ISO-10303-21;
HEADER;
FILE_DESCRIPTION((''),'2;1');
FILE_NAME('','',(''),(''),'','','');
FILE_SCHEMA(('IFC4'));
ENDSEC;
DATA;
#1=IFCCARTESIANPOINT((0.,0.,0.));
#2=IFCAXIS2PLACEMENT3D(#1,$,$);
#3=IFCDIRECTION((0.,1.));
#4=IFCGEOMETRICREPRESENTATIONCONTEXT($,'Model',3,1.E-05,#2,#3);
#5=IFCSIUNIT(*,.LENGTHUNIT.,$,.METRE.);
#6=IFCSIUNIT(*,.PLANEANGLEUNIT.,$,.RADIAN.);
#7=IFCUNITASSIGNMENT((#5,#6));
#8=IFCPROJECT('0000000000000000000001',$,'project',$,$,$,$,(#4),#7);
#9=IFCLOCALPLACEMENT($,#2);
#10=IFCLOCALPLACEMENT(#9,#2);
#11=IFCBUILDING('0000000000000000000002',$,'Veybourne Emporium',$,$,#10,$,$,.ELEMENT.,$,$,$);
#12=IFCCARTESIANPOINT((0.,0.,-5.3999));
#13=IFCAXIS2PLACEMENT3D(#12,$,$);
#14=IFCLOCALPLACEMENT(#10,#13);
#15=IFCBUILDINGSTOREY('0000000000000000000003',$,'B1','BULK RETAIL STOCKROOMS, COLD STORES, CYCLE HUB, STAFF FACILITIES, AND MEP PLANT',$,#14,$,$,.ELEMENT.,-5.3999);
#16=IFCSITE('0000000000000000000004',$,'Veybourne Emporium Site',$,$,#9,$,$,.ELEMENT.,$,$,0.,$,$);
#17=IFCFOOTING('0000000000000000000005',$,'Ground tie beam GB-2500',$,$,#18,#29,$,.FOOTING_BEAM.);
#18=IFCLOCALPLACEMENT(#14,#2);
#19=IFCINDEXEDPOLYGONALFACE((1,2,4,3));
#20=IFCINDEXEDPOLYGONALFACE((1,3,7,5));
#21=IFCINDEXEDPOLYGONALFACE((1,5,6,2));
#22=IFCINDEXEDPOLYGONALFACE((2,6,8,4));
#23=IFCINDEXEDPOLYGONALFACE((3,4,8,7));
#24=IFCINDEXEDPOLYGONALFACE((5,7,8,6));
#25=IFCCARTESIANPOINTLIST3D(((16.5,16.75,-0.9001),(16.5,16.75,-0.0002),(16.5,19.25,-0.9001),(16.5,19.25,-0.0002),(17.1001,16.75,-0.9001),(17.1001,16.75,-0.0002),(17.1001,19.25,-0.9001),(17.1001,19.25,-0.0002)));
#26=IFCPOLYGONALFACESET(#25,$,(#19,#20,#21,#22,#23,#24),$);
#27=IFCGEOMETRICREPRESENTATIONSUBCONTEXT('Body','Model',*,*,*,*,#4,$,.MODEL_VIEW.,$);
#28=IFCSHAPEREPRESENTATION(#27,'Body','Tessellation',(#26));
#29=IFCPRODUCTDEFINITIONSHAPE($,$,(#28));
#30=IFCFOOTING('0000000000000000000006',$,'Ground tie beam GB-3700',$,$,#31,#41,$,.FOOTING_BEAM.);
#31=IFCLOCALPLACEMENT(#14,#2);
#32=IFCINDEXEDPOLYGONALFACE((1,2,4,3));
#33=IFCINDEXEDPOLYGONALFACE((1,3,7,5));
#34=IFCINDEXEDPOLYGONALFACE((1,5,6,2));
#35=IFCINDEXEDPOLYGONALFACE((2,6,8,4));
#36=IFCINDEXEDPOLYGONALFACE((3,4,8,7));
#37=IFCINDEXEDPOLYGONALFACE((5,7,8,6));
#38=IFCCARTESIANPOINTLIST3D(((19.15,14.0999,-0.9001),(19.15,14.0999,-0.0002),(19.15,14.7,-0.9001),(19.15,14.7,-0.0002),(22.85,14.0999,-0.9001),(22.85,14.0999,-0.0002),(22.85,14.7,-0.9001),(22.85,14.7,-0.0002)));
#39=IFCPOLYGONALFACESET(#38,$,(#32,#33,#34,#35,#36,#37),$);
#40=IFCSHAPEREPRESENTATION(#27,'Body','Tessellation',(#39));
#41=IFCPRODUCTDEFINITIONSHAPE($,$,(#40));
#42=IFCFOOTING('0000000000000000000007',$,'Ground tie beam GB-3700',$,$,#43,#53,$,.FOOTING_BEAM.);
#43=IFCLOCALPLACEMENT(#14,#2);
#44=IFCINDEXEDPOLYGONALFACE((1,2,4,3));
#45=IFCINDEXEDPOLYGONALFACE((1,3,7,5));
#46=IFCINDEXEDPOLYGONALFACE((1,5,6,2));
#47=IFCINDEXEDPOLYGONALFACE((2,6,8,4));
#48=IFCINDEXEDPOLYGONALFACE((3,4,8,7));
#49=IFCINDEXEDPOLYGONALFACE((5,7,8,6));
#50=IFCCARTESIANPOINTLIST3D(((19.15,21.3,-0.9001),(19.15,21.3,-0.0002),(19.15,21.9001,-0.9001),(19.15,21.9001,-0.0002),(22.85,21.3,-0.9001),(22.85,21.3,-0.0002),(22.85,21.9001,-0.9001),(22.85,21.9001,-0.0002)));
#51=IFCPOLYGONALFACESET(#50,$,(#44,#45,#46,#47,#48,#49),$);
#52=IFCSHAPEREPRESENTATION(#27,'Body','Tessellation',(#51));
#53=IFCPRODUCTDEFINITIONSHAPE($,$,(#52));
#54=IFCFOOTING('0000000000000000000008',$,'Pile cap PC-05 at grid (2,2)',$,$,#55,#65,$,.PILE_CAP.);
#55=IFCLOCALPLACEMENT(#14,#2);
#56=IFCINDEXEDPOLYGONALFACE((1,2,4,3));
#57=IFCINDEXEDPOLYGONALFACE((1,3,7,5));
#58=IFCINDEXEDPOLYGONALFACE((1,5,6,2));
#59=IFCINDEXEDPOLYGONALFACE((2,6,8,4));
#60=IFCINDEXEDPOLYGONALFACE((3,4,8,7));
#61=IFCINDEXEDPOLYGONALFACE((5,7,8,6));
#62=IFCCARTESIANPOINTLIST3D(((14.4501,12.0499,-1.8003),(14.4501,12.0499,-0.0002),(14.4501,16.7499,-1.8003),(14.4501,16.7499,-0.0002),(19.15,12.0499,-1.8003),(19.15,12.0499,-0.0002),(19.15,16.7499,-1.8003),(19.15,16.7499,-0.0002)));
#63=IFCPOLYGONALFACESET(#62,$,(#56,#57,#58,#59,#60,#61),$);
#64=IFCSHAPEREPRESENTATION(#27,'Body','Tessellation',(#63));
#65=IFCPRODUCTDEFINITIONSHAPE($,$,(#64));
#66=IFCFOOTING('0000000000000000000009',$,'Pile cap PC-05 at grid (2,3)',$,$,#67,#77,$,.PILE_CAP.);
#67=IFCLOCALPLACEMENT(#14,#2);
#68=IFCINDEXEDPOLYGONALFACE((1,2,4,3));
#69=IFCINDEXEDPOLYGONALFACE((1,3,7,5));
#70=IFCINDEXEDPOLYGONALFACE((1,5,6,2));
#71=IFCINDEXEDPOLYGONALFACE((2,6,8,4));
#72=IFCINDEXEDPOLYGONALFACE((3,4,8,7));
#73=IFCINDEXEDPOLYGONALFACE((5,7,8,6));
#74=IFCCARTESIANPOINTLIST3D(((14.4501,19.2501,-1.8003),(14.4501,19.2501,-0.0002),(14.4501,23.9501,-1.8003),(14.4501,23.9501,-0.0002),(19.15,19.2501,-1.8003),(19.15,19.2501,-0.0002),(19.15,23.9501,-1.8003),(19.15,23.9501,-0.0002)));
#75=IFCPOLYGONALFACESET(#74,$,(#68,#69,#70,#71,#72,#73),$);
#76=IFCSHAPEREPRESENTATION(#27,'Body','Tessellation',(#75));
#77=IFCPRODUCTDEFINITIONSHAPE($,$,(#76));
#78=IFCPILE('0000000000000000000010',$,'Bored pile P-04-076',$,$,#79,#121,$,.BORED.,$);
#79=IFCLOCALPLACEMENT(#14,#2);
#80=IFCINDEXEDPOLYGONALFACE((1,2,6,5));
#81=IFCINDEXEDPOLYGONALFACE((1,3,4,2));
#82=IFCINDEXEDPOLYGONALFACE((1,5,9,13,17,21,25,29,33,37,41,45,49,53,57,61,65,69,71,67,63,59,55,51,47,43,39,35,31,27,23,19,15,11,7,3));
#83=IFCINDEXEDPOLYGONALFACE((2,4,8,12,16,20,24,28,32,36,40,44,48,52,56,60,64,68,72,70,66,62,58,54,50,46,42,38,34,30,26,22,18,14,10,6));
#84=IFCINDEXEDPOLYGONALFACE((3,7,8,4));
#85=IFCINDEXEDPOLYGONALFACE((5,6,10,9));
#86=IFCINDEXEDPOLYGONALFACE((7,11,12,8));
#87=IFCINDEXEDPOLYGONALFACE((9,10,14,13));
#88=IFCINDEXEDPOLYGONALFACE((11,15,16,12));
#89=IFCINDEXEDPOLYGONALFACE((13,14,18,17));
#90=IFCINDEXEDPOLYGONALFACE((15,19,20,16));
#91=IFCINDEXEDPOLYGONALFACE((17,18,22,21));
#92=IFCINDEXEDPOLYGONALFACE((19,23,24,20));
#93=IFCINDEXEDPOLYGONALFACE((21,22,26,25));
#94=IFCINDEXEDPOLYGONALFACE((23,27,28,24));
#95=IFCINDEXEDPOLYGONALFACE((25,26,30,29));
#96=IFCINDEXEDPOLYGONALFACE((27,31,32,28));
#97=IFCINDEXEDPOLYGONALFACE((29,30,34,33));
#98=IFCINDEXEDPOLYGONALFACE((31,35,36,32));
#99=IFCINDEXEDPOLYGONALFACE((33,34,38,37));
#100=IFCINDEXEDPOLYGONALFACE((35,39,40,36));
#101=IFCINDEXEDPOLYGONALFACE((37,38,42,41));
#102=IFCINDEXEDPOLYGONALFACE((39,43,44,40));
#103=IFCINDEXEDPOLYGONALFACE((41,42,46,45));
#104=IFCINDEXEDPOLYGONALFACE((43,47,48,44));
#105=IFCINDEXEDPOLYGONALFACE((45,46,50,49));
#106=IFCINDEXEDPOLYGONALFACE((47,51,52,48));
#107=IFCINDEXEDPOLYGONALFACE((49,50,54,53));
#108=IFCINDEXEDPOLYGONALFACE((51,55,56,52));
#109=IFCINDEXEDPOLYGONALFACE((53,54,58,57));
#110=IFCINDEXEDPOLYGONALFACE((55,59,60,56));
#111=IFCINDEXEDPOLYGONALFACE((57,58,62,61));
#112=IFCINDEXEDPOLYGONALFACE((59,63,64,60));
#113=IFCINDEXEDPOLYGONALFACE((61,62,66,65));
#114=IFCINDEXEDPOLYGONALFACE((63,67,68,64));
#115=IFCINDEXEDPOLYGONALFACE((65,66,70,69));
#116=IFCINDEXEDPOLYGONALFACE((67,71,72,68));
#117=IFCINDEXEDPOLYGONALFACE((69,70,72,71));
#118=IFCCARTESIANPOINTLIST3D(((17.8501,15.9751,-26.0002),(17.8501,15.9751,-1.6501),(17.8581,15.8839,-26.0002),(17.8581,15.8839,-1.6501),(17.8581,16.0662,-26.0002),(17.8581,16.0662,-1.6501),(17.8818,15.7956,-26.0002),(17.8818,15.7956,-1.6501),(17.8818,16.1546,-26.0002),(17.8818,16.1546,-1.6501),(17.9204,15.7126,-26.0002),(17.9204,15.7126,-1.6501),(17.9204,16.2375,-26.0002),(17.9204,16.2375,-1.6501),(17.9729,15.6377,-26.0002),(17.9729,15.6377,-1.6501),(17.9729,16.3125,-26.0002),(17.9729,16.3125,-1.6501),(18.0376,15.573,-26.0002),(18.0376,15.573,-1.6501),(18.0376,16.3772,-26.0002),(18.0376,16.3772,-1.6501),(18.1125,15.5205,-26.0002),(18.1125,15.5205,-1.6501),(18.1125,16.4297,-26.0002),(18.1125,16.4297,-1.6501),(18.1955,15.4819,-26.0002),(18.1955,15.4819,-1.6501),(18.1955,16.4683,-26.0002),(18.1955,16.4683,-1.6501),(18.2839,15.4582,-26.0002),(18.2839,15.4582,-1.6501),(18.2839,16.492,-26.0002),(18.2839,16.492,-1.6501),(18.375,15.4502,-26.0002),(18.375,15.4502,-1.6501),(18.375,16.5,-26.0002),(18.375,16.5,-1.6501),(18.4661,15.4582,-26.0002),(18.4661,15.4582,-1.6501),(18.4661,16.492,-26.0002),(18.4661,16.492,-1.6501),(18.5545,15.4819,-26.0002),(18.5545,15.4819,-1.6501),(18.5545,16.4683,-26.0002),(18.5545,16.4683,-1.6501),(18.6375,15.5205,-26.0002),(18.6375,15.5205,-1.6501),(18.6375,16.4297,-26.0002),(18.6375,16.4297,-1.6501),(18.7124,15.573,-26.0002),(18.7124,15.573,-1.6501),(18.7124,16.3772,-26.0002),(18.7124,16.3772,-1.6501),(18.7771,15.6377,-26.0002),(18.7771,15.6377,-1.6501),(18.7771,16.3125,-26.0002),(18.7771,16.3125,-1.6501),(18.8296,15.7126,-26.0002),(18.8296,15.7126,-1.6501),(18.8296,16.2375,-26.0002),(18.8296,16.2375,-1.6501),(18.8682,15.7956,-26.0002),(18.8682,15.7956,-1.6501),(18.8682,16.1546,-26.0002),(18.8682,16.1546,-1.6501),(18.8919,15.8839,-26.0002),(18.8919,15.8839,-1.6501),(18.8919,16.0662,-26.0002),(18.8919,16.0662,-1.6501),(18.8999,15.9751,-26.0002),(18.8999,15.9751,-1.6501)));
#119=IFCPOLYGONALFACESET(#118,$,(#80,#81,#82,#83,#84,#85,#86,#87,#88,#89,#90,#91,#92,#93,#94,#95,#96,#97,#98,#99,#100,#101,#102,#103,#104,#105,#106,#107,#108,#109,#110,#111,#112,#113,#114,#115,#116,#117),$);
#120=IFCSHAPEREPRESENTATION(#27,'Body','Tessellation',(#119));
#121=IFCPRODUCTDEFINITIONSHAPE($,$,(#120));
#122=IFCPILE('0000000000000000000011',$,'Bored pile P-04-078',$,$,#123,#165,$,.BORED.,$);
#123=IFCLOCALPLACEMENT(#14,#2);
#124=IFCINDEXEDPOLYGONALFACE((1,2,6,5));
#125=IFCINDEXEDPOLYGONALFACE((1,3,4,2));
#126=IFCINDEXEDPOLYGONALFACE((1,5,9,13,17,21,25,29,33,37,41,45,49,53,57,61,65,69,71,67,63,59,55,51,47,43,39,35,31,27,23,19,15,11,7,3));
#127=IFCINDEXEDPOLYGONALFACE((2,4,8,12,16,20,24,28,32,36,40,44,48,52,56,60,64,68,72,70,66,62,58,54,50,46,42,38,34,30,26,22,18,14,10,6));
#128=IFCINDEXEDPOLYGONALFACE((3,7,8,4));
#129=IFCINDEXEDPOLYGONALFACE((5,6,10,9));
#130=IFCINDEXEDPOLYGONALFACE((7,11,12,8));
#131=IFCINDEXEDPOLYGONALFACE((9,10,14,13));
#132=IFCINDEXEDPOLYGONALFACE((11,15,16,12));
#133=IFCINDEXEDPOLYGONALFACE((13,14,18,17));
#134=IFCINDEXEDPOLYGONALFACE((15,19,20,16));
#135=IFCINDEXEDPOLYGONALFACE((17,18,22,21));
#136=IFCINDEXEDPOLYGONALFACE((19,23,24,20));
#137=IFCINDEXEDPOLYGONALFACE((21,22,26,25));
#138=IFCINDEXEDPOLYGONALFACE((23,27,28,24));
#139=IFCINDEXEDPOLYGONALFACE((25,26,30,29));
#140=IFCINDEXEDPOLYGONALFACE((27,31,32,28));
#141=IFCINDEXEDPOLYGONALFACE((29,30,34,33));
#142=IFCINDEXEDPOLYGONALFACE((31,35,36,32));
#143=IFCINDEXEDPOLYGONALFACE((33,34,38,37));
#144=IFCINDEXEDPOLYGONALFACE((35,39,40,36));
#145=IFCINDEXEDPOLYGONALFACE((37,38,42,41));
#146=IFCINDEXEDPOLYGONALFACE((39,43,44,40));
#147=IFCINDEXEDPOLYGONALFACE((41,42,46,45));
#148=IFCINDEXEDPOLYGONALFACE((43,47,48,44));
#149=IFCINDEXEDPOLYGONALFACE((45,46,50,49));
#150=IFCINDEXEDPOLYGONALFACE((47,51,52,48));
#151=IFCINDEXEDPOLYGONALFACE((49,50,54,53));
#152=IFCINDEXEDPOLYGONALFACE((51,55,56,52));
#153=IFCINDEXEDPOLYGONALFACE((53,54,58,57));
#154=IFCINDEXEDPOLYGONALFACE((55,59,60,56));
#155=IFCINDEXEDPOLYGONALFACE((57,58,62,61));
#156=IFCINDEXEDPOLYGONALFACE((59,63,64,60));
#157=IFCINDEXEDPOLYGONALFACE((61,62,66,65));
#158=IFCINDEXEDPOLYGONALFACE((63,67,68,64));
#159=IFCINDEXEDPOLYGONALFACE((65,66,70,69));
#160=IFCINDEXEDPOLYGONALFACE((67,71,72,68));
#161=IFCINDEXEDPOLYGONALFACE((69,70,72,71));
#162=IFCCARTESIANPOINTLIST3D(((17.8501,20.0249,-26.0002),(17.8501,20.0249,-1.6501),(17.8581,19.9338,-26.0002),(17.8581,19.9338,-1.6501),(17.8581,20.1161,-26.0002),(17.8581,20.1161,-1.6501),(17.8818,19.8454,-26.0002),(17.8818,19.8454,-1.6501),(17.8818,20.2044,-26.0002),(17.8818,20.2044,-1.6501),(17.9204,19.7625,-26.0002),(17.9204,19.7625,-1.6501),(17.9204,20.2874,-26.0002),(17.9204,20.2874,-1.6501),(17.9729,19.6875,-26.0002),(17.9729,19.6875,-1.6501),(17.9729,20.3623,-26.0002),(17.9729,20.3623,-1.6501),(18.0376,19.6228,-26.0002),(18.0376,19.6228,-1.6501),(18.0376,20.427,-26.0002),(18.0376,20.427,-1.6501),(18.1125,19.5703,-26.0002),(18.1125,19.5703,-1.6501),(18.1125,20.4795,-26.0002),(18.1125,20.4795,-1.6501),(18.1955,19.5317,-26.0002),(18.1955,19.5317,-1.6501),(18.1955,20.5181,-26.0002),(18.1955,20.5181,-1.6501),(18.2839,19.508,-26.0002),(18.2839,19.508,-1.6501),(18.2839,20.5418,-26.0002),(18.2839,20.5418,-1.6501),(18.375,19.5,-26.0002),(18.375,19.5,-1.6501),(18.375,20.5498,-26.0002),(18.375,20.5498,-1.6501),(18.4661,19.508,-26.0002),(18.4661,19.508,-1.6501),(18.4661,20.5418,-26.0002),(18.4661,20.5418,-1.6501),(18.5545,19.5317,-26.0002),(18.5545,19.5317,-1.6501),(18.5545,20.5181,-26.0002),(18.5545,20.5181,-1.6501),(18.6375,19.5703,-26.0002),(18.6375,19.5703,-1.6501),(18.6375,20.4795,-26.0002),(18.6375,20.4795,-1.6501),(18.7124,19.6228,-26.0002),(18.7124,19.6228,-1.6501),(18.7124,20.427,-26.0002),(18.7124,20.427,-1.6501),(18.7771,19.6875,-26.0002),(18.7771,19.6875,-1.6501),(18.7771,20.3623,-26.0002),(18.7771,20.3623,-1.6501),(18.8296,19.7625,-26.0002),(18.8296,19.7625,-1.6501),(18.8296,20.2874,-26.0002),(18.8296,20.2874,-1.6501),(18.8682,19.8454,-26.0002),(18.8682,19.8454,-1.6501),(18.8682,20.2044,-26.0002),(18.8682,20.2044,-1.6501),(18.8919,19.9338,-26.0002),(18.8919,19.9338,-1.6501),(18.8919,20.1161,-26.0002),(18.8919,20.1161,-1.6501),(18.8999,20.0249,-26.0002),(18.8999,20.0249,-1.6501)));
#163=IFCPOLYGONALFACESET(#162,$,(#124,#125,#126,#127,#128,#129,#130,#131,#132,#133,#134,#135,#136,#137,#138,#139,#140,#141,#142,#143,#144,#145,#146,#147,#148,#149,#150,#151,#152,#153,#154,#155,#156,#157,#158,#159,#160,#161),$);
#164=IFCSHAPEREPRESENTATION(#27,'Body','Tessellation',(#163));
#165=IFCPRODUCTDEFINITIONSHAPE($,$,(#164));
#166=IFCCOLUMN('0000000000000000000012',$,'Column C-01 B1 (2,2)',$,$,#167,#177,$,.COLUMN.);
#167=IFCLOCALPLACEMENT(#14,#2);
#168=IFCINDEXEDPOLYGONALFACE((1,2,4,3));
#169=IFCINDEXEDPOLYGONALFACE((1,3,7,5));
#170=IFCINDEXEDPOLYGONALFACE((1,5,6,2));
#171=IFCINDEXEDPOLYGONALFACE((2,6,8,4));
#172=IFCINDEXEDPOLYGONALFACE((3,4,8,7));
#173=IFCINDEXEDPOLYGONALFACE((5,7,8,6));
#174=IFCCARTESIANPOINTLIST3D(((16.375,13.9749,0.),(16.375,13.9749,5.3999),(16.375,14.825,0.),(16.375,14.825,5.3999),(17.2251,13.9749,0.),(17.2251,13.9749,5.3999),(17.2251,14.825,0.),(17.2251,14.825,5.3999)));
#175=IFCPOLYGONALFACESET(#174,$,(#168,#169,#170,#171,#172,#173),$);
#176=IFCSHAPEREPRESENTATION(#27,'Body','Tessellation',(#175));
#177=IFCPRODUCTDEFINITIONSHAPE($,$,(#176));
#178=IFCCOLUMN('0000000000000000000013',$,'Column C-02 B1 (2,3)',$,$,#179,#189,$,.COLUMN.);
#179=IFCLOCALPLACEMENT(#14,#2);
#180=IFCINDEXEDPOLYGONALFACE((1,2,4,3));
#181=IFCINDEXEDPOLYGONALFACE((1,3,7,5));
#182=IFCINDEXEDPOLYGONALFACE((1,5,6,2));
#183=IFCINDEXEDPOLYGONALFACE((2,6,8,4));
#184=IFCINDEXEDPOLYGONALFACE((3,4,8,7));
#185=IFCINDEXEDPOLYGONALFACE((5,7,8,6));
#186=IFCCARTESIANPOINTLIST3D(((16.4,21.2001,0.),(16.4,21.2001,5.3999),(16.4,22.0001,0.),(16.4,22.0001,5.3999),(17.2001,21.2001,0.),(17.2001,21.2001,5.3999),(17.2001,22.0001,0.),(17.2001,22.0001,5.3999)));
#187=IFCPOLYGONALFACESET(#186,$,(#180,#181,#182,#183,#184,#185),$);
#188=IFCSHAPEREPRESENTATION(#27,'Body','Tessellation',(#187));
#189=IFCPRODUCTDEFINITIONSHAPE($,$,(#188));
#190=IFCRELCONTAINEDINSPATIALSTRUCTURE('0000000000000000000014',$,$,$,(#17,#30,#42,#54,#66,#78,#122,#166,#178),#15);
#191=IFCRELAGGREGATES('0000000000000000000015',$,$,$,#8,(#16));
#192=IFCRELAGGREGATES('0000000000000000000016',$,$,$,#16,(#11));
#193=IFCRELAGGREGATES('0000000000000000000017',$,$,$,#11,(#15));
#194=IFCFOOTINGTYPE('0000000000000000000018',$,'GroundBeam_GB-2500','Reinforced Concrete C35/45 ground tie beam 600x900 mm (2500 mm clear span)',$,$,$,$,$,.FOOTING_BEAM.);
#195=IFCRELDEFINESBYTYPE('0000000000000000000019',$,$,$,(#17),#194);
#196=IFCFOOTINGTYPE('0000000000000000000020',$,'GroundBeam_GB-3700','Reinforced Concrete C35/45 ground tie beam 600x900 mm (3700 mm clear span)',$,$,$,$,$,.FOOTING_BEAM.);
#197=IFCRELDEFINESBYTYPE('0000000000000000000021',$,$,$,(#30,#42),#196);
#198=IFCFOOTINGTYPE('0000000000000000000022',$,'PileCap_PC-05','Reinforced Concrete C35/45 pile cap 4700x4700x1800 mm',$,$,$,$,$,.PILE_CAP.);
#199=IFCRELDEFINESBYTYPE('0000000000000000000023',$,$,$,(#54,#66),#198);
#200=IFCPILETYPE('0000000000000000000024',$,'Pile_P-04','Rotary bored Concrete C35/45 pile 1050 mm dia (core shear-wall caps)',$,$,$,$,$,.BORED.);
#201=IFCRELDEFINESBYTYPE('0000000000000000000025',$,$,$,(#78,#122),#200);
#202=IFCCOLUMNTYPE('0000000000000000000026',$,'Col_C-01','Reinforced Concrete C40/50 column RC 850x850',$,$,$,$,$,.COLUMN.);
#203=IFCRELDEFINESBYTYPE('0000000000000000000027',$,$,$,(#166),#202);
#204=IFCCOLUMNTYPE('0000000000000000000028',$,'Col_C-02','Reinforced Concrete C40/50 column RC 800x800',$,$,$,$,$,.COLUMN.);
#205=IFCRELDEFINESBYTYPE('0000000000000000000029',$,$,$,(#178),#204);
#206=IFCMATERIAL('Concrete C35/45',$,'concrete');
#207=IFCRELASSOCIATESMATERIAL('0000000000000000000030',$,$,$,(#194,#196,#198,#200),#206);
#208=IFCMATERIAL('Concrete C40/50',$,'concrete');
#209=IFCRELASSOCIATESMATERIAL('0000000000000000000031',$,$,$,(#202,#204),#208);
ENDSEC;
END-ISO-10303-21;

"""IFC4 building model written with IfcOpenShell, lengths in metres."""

from ifc_helpers import new_model, si_unit, direction, frame, origin, origin_2d, place, context, subcontext, project, spatial, rectangle, circle, extrude, material, material_profile, profile_set, type_object, element, save


model = new_model("IFC4")

# Units and contexts
model_context = context("Model", 3, precision=1e-05, world=origin(), true_north=direction((0.0, 1.0)))
body_context = subcontext(model_context, "Body", "Model", "MODEL_VIEW")
ifc_project = project(units=[si_unit("LENGTHUNIT", "METRE"), si_unit("PLANEANGLEUNIT", "RADIAN")], contexts=[model_context])

# Site, building, storey
site_placement = place(None, origin())
site = spatial("IfcSite", under=ifc_project, at=site_placement, Name="Veybourne Emporium Site", CompositionType="ELEMENT", RefElevation=0.0)
building_placement = place(site_placement, origin())
building = spatial("IfcBuilding", under=site, at=building_placement, Name="Veybourne Emporium", CompositionType="ELEMENT")
storey_placement = place(building_placement, frame((0.0, 0.0, -5.3999)))
storey = spatial("IfcBuildingStorey", under=building, at=storey_placement, Name="B1", Description="BULK RETAIL STOCKROOMS, COLD STORES, CYCLE HUB, STAFF FACILITIES, AND MEP PLANT", CompositionType="ELEMENT", Elevation=-5.3999)

# Footings
ifc_material_1 = material(Name="Concrete C35/45", Category="concrete")
footing_type_1 = type_object("IfcFootingType", Name="GroundBeam_GB-2500", Description="Reinforced Concrete C35/45 ground tie beam 600x900 mm (2500 mm clear span)", PredefinedType="FOOTING_BEAM", material=ifc_material_1)
footing_placement = place(storey_placement, frame((16.8, 18.0, -0.9001), z_axis=(0.0, 0.0, 1.0), x_axis=(0.0, 1.0, 0.0)))
element("IfcFooting", 1, at=footing_placement, inside=storey, type_object=footing_type_1, Name="Ground tie beam GB-2500", PredefinedType="FOOTING_BEAM", context=body_context, shape_type="SweptSolid", body=[
    extrude(rectangle(XDim=2.5, YDim=0.6001, at=origin_2d()), origin(), (0.0, 0.0, 1.0), 0.8999),
])
footing_type_2 = type_object("IfcFootingType", Name="GroundBeam_GB-3700", Description="Reinforced Concrete C35/45 ground tie beam 600x900 mm (3700 mm clear span)", PredefinedType="FOOTING_BEAM", material=ifc_material_1)
for number, where, z_axis, x_axis, name in (
    (2, (21.0, 14.3999, -0.9001), (0.0, 0.0, 1.0), (1.0, 0.0, 0.0), "Ground tie beam GB-3700"),
    (3, (21.0, 21.6001, -0.9001), (0.0, 0.0, 1.0), (1.0, 0.0, 0.0), "Ground tie beam GB-3700"),
):
    element("IfcFooting", number, at=place(storey_placement, frame(where, z_axis=z_axis, x_axis=x_axis)), inside=storey, type_object=footing_type_2, Name=name, PredefinedType="FOOTING_BEAM", context=body_context, shape_type="SweptSolid", body=[
        extrude(rectangle(XDim=3.7, YDim=0.6001, at=origin_2d()), origin(), (0.0, 0.0, 1.0), 0.8999),
    ])
footing_type_3 = type_object("IfcFootingType", Name="PileCap_PC-05", Description="Reinforced Concrete C35/45 pile cap 4700x4700x1800 mm", PredefinedType="PILE_CAP", material=ifc_material_1)
for number, where, z_axis, x_axis, name in (
    (4, (16.8, 14.3999, -1.8003), (0.0, 0.0, 1.0), (1.0, 0.0, 0.0), "Pile cap PC-05 at grid (2,2)"),
    (5, (16.8, 21.6001, -1.8003), (0.0, 0.0, 1.0), (1.0, 0.0, 0.0), "Pile cap PC-05 at grid (2,3)"),
):
    element("IfcFooting", number, at=place(storey_placement, frame(where, z_axis=z_axis, x_axis=x_axis)), inside=storey, type_object=footing_type_3, Name=name, PredefinedType="PILE_CAP", context=body_context, shape_type="SweptSolid", body=[
        extrude(rectangle(XDim=4.7, YDim=4.7, at=origin_2d()), origin(), (0.0, 0.0, 1.0), 1.8),
    ])

# Piles
ifc_material_profile_1 = material_profile(ifc_material_1, circle(Radius=0.5249, at=origin_2d()), Name="BORED PILE 1050")
ifc_profile_set_1 = profile_set([ifc_material_profile_1], Name="Concrete C35/45")
pile_type = type_object("IfcPileType", Name="Pile_P-04", Description="Rotary bored Concrete C35/45 pile 1050 mm dia (core shear-wall caps)", PredefinedType="BORED", material=ifc_profile_set_1)
for number, where, z_axis, x_axis, name in (
    (6, (18.375, 15.9751, -1.6501), (0.0, 0.0, -1.0), (1.0, 0.0, 0.0), "Bored pile P-04-076"),
    (7, (18.375, 20.0249, -1.6501), (0.0, 0.0, -1.0), (1.0, 0.0, 0.0), "Bored pile P-04-078"),
):
    element("IfcPile", number, at=place(storey_placement, frame(where, z_axis=z_axis, x_axis=x_axis)), inside=storey, type_object=pile_type, Name=name, PredefinedType="BORED", context=body_context, shape_type="SweptSolid", body=[
        extrude(circle(Radius=0.5249, at=origin_2d()), origin(), (0.0, 0.0, 1.0), 24.3501),
    ])

# Columns
ifc_material_2 = material(Name="Concrete C40/50", Category="concrete")
ifc_material_profile_2 = material_profile(ifc_material_2, rectangle(XDim=0.8501, YDim=0.8501, at=origin_2d()), Name="RC 850x850")
ifc_profile_set_2 = profile_set([ifc_material_profile_2], Name="Concrete C40/50")
column_type_1 = type_object("IfcColumnType", Name="Col_C-01", Description="Reinforced Concrete C40/50 column RC 850x850", PredefinedType="COLUMN", material=ifc_profile_set_2)
column_1_placement = place(storey_placement, frame((16.8, 14.3999, 0.0), z_axis=(0.0, 0.0, 1.0), x_axis=(1.0, 0.0, 0.0)))
element("IfcColumn", 8, at=column_1_placement, inside=storey, type_object=column_type_1, Name="Column C-01 B1 (2,2)", PredefinedType="COLUMN", context=body_context, shape_type="SweptSolid", body=[
    extrude(rectangle(XDim=0.8501, YDim=0.8501, at=origin_2d()), origin(), (0.0, 0.0, 1.0), 5.3999),
])
ifc_material_profile_3 = material_profile(ifc_material_2, rectangle(XDim=0.8, YDim=0.8, at=origin_2d()), Name="RC 800x800")
ifc_profile_set_3 = profile_set([ifc_material_profile_3], Name="Concrete C40/50")
column_type_2 = type_object("IfcColumnType", Name="Col_C-02", Description="Reinforced Concrete C40/50 column RC 800x800", PredefinedType="COLUMN", material=ifc_profile_set_3)
column_2_placement = place(storey_placement, frame((16.8, 21.6001, 0.0), z_axis=(0.0, 0.0, 1.0), x_axis=(1.0, 0.0, 0.0)))
element("IfcColumn", 9, at=column_2_placement, inside=storey, type_object=column_type_2, Name="Column C-02 B1 (2,3)", PredefinedType="COLUMN", context=body_context, shape_type="SweptSolid", body=[
    extrude(rectangle(XDim=0.8, YDim=0.8, at=origin_2d()), origin(), (0.0, 0.0, 1.0), 5.3999),
])

save(model, "model.ifc")
